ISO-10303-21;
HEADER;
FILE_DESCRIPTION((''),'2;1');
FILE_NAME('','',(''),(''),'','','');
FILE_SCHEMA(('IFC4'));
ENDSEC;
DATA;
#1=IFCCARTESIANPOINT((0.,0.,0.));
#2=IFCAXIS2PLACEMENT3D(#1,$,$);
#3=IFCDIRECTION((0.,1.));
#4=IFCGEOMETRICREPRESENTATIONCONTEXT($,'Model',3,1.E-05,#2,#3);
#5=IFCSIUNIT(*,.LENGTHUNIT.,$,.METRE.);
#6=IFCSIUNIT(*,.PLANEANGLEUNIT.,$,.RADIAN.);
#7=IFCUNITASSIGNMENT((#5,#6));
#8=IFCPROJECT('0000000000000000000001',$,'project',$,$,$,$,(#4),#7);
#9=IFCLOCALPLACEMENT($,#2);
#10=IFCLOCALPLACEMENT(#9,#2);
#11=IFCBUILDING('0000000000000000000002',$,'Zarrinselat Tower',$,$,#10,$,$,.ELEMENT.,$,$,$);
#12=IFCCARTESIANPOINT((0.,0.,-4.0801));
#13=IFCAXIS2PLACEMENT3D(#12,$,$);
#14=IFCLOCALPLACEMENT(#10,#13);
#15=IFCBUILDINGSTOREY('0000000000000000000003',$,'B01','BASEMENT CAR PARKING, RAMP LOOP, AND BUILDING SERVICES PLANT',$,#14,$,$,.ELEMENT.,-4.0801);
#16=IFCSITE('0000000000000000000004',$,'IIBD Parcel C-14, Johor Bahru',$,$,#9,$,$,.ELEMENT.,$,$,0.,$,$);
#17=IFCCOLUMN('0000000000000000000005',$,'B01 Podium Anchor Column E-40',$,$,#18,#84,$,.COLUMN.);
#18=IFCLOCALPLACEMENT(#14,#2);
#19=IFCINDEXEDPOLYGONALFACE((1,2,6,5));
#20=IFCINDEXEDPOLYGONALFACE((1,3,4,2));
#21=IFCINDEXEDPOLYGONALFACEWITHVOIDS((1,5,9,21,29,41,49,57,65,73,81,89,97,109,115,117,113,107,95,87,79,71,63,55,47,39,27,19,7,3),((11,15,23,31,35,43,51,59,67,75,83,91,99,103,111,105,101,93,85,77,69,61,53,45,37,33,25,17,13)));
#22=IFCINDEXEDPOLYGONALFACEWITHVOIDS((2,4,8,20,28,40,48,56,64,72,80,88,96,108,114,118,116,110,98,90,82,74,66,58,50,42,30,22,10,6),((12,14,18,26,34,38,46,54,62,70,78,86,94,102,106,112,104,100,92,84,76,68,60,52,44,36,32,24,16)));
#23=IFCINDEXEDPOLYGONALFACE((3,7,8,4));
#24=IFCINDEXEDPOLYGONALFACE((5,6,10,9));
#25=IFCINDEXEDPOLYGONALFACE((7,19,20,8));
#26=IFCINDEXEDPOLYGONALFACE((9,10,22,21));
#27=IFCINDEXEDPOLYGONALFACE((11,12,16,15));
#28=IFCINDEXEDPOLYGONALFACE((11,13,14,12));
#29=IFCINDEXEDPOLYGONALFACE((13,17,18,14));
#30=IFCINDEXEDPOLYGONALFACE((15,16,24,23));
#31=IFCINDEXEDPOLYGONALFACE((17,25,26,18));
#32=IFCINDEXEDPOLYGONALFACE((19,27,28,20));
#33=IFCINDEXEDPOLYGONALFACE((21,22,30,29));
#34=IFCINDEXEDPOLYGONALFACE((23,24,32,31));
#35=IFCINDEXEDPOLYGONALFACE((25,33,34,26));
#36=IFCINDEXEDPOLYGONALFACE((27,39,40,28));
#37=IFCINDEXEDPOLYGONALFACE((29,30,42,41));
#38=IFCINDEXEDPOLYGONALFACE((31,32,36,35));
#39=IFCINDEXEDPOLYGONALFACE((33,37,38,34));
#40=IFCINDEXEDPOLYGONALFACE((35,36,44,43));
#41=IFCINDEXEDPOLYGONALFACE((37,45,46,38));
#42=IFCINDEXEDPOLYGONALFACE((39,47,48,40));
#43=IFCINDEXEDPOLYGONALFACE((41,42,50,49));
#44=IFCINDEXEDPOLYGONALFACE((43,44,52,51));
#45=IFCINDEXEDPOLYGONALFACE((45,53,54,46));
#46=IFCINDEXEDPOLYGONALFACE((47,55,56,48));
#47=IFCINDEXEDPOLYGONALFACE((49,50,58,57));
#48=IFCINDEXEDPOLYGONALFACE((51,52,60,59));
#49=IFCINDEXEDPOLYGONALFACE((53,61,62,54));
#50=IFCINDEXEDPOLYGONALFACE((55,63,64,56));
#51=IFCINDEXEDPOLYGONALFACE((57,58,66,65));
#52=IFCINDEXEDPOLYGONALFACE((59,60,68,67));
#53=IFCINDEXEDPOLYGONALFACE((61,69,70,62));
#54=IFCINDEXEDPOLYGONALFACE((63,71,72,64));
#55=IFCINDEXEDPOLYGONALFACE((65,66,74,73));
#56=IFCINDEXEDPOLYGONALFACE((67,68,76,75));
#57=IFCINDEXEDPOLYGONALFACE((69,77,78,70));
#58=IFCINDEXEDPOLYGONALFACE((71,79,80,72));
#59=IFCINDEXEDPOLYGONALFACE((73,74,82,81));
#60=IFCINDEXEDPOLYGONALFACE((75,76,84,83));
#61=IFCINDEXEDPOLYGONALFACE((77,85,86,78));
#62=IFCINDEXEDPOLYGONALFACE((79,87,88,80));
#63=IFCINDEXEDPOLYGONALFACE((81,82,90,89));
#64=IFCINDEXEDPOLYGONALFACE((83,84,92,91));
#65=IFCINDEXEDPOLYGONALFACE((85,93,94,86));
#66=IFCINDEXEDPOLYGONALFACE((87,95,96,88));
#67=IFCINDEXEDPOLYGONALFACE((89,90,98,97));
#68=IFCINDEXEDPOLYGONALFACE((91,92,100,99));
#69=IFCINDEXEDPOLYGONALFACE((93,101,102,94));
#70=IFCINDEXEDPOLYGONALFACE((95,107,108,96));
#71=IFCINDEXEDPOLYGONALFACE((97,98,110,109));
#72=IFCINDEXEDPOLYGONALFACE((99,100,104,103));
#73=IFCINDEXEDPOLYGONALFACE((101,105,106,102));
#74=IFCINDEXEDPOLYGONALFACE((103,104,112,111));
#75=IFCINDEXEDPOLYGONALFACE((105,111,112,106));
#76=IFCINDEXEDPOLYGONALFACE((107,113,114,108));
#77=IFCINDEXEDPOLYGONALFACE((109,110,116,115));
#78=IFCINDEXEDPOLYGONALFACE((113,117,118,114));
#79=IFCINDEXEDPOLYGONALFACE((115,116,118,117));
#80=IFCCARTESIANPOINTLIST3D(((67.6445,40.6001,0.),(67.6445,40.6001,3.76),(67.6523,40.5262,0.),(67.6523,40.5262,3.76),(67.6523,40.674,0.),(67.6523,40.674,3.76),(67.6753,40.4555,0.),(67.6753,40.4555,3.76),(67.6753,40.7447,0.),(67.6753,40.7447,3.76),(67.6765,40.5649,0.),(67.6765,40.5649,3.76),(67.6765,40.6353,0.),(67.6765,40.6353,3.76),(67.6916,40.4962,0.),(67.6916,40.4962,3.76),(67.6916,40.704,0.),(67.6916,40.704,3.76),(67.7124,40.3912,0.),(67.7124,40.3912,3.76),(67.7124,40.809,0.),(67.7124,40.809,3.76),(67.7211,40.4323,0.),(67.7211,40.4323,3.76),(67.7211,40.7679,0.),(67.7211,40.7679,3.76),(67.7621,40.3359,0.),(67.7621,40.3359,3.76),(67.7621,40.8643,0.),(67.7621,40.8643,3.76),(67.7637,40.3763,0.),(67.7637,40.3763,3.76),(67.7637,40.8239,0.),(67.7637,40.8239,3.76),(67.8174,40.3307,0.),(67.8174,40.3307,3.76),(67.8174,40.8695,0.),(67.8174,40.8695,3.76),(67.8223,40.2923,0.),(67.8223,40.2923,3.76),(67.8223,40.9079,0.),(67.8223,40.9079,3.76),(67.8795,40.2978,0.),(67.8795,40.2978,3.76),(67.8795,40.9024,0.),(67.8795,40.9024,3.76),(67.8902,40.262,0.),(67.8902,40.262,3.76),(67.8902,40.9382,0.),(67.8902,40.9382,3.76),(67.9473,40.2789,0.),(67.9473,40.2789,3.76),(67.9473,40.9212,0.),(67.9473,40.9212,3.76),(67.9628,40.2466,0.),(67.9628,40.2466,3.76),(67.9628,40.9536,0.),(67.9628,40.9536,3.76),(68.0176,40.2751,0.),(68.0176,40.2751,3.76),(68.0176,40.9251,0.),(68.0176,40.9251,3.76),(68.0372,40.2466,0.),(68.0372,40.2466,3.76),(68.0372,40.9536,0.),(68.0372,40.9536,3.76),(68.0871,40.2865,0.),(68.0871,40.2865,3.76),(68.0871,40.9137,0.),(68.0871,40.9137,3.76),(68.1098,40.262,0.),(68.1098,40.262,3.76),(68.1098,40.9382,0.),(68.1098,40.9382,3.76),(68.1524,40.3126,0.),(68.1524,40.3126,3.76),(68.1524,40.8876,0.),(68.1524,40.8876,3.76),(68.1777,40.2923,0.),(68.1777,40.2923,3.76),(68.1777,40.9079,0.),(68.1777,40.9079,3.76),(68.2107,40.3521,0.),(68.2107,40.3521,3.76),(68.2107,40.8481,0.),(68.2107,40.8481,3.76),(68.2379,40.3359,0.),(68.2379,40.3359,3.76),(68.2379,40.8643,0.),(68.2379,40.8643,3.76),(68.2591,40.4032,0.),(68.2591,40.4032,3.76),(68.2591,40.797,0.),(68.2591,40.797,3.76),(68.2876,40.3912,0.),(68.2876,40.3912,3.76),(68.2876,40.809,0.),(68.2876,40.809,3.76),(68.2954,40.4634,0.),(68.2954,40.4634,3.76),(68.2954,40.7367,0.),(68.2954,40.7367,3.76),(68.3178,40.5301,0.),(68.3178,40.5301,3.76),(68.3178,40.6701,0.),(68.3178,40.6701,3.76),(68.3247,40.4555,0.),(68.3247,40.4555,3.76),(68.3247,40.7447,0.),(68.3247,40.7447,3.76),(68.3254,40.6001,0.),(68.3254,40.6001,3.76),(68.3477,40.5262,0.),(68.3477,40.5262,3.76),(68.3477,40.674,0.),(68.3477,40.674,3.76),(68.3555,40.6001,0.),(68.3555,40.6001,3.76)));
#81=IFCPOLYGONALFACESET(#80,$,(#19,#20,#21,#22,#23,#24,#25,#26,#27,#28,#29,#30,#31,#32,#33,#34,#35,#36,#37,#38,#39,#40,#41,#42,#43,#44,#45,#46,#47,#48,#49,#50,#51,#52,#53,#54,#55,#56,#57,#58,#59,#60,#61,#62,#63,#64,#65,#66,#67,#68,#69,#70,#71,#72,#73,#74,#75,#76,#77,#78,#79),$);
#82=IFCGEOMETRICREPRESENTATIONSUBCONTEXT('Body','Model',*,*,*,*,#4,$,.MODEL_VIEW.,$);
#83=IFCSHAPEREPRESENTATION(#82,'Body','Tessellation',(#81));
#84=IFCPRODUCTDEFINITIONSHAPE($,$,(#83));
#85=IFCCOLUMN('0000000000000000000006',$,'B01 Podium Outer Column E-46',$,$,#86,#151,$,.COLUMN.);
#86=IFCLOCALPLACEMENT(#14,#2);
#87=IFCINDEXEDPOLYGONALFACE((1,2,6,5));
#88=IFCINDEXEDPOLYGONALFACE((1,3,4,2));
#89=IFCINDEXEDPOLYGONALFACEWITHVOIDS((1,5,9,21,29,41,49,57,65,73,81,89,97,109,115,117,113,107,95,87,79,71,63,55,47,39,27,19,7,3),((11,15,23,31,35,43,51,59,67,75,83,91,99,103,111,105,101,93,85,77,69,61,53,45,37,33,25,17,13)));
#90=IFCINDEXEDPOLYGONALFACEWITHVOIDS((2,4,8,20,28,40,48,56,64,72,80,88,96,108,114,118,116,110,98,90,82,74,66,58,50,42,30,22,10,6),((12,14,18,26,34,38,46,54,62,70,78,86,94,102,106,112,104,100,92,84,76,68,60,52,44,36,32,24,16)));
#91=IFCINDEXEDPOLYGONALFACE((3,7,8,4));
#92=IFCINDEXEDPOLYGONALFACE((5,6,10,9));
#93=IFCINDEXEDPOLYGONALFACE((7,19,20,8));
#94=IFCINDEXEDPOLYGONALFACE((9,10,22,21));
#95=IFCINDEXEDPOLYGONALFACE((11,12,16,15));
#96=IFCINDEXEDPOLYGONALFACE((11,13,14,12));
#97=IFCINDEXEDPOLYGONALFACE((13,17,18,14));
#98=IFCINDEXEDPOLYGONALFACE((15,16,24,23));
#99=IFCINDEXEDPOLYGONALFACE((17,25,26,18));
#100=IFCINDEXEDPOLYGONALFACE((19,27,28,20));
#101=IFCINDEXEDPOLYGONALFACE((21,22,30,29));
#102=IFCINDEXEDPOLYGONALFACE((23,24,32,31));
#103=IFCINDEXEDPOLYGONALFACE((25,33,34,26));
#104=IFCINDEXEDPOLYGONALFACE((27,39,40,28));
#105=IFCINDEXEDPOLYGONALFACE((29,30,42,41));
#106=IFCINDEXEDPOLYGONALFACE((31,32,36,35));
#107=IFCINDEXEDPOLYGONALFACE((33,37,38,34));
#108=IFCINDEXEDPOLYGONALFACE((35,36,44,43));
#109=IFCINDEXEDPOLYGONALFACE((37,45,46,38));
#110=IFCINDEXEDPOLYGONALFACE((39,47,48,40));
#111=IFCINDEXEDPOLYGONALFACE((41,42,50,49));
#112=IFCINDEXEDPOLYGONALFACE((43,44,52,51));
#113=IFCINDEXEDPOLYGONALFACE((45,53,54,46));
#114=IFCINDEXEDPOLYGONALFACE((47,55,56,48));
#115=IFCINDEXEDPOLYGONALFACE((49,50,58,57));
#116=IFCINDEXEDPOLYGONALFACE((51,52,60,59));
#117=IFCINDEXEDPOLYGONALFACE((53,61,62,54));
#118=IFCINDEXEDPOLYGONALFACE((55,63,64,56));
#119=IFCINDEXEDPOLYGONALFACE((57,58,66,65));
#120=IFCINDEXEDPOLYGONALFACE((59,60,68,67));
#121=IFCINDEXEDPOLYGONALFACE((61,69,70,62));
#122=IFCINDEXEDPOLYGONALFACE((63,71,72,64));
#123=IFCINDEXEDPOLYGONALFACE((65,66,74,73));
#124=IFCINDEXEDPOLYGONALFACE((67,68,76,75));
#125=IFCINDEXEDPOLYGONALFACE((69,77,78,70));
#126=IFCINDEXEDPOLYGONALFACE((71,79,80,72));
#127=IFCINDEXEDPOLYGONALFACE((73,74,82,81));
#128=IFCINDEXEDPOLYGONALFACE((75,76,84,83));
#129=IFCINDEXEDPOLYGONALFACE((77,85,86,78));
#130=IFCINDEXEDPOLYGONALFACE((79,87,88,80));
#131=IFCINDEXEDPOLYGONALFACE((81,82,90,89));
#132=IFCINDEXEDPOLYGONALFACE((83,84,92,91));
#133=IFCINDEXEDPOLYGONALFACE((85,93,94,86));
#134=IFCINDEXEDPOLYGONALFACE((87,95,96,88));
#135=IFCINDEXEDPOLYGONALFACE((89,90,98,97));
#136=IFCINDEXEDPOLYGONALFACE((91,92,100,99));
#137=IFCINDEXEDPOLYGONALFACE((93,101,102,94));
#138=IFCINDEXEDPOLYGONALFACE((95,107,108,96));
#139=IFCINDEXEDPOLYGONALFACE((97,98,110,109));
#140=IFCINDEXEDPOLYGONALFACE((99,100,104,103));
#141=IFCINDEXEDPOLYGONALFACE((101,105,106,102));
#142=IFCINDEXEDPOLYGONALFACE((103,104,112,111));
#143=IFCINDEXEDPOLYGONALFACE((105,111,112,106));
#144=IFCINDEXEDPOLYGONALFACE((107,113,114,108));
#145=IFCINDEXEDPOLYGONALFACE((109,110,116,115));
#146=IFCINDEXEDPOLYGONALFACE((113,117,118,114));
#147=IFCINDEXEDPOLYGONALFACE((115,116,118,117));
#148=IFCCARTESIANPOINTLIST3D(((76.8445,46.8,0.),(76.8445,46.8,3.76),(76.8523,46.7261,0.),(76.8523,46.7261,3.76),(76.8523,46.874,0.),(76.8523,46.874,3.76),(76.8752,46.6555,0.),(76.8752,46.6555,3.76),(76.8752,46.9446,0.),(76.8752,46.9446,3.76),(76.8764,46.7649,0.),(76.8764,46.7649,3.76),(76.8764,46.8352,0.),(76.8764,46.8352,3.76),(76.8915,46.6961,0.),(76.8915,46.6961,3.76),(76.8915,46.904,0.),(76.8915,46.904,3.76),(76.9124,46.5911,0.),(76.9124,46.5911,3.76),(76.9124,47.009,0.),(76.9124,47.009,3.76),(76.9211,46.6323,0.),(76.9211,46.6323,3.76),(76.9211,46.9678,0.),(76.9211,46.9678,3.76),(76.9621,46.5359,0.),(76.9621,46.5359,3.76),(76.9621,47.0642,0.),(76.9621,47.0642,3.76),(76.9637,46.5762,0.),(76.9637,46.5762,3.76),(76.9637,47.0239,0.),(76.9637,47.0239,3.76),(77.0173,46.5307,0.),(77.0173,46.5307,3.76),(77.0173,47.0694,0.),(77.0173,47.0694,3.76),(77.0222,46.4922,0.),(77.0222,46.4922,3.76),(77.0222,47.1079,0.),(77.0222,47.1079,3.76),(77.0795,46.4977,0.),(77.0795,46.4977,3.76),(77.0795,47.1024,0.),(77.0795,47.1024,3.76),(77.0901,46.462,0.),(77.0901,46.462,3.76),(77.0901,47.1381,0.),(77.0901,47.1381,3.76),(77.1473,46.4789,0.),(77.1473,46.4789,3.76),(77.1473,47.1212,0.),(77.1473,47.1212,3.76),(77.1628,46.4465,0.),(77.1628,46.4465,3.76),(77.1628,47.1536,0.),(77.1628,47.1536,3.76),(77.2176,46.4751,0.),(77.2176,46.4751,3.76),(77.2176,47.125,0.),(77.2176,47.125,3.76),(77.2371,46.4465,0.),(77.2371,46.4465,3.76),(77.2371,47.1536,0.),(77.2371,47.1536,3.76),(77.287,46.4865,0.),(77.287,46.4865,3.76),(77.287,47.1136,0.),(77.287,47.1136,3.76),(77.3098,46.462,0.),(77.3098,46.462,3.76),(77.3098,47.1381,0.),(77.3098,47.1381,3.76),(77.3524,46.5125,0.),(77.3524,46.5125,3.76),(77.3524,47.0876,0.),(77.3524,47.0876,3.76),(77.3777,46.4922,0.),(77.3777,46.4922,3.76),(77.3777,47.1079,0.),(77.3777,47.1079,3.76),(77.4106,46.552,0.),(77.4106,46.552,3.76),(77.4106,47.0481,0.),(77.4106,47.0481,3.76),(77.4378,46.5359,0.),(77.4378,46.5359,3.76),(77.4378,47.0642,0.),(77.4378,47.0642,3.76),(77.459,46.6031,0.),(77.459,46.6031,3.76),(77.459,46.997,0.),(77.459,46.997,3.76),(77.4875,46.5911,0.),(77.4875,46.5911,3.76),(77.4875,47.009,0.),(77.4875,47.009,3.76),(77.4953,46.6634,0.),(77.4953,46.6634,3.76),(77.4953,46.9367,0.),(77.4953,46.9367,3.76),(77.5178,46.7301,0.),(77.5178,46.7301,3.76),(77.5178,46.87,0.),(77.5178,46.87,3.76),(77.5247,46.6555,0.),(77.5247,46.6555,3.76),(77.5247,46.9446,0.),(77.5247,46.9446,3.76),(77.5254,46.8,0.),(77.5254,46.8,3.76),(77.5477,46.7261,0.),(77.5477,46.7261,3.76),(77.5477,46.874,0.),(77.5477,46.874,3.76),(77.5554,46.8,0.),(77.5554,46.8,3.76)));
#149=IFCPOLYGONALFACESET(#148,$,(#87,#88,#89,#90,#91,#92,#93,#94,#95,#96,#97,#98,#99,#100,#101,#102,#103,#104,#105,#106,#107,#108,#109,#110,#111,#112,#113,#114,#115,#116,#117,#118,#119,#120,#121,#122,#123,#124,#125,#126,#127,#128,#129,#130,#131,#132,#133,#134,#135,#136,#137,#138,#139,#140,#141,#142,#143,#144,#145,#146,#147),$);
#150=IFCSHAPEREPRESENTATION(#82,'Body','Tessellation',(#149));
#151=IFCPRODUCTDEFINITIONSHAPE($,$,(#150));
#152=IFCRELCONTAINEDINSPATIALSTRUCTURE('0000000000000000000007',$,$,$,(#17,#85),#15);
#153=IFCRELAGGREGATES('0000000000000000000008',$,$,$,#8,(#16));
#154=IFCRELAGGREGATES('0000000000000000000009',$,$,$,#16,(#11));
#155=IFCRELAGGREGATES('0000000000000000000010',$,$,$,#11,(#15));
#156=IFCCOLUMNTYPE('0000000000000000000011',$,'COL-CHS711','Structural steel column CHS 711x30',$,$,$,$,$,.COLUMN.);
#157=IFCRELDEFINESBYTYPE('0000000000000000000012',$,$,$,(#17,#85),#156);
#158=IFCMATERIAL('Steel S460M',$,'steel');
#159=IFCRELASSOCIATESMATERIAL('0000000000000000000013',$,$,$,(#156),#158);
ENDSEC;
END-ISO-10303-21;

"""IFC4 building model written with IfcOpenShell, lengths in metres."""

from ifc_helpers import new_model, si_unit, direction, frame, origin, origin_2d, place, context, subcontext, project, spatial, hollow_circle, extrude, material, material_profile, profile_set, type_object, element, save


model = new_model("IFC4")

# Units and contexts
model_context = context("Model", 3, precision=1e-05, world=origin(), true_north=direction((0.0, 1.0)))
body_context = subcontext(model_context, "Body", "Model", "MODEL_VIEW")
ifc_project = project(units=[si_unit("LENGTHUNIT", "METRE"), si_unit("PLANEANGLEUNIT", "RADIAN")], contexts=[model_context])

# Site, building, storey
site_placement = place(None, origin())
site = spatial("IfcSite", under=ifc_project, at=site_placement, Name="IIBD Parcel C-14, Johor Bahru", CompositionType="ELEMENT", RefElevation=0.0)
building_placement = place(site_placement, origin())
building = spatial("IfcBuilding", under=site, at=building_placement, Name="Zarrinselat Tower", CompositionType="ELEMENT")
storey_placement = place(building_placement, frame((0.0, 0.0, -4.0801)))
storey = spatial("IfcBuildingStorey", under=building, at=storey_placement, Name="B01", Description="BASEMENT CAR PARKING, RAMP LOOP, AND BUILDING SERVICES PLANT", CompositionType="ELEMENT", Elevation=-4.0801)

# Columns
ifc_material_1 = material(Name="Steel S460M", Category="steel")
ifc_material_profile_1 = material_profile(ifc_material_1, hollow_circle(Radius=0.3555, WallThickness=0.03, at=origin_2d()), Name="CHS 711x30")
ifc_profile_set_1 = profile_set([ifc_material_profile_1], Name="Steel S460M")
column_type_1 = type_object("IfcColumnType", Name="COL-CHS711", Description="Structural steel column CHS 711x30", PredefinedType="COLUMN", material=ifc_profile_set_1)
for number, where, z_axis, x_axis, name in (
    (1, (68.0, 40.6001, 0.0), (0.0, 0.0, 1.0), (1.0, 0.0, 0.0), "B01 Podium Anchor Column E-40"),
    (2, (77.2, 46.8, 0.0), (0.0, 0.0, 1.0), (1.0, 0.0, 0.0), "B01 Podium Outer Column E-46"),
):
    element("IfcColumn", number, at=place(storey_placement, frame(where, z_axis=z_axis, x_axis=x_axis)), inside=storey, type_object=column_type_1, Name=name, PredefinedType="COLUMN", context=body_context, shape_type="SweptSolid", body=[
        extrude(hollow_circle(Radius=0.3555, WallThickness=0.03, at=origin_2d()), origin(), (0.0, 0.0, 1.0), 3.76),
    ])

save(model, "model.ifc")
